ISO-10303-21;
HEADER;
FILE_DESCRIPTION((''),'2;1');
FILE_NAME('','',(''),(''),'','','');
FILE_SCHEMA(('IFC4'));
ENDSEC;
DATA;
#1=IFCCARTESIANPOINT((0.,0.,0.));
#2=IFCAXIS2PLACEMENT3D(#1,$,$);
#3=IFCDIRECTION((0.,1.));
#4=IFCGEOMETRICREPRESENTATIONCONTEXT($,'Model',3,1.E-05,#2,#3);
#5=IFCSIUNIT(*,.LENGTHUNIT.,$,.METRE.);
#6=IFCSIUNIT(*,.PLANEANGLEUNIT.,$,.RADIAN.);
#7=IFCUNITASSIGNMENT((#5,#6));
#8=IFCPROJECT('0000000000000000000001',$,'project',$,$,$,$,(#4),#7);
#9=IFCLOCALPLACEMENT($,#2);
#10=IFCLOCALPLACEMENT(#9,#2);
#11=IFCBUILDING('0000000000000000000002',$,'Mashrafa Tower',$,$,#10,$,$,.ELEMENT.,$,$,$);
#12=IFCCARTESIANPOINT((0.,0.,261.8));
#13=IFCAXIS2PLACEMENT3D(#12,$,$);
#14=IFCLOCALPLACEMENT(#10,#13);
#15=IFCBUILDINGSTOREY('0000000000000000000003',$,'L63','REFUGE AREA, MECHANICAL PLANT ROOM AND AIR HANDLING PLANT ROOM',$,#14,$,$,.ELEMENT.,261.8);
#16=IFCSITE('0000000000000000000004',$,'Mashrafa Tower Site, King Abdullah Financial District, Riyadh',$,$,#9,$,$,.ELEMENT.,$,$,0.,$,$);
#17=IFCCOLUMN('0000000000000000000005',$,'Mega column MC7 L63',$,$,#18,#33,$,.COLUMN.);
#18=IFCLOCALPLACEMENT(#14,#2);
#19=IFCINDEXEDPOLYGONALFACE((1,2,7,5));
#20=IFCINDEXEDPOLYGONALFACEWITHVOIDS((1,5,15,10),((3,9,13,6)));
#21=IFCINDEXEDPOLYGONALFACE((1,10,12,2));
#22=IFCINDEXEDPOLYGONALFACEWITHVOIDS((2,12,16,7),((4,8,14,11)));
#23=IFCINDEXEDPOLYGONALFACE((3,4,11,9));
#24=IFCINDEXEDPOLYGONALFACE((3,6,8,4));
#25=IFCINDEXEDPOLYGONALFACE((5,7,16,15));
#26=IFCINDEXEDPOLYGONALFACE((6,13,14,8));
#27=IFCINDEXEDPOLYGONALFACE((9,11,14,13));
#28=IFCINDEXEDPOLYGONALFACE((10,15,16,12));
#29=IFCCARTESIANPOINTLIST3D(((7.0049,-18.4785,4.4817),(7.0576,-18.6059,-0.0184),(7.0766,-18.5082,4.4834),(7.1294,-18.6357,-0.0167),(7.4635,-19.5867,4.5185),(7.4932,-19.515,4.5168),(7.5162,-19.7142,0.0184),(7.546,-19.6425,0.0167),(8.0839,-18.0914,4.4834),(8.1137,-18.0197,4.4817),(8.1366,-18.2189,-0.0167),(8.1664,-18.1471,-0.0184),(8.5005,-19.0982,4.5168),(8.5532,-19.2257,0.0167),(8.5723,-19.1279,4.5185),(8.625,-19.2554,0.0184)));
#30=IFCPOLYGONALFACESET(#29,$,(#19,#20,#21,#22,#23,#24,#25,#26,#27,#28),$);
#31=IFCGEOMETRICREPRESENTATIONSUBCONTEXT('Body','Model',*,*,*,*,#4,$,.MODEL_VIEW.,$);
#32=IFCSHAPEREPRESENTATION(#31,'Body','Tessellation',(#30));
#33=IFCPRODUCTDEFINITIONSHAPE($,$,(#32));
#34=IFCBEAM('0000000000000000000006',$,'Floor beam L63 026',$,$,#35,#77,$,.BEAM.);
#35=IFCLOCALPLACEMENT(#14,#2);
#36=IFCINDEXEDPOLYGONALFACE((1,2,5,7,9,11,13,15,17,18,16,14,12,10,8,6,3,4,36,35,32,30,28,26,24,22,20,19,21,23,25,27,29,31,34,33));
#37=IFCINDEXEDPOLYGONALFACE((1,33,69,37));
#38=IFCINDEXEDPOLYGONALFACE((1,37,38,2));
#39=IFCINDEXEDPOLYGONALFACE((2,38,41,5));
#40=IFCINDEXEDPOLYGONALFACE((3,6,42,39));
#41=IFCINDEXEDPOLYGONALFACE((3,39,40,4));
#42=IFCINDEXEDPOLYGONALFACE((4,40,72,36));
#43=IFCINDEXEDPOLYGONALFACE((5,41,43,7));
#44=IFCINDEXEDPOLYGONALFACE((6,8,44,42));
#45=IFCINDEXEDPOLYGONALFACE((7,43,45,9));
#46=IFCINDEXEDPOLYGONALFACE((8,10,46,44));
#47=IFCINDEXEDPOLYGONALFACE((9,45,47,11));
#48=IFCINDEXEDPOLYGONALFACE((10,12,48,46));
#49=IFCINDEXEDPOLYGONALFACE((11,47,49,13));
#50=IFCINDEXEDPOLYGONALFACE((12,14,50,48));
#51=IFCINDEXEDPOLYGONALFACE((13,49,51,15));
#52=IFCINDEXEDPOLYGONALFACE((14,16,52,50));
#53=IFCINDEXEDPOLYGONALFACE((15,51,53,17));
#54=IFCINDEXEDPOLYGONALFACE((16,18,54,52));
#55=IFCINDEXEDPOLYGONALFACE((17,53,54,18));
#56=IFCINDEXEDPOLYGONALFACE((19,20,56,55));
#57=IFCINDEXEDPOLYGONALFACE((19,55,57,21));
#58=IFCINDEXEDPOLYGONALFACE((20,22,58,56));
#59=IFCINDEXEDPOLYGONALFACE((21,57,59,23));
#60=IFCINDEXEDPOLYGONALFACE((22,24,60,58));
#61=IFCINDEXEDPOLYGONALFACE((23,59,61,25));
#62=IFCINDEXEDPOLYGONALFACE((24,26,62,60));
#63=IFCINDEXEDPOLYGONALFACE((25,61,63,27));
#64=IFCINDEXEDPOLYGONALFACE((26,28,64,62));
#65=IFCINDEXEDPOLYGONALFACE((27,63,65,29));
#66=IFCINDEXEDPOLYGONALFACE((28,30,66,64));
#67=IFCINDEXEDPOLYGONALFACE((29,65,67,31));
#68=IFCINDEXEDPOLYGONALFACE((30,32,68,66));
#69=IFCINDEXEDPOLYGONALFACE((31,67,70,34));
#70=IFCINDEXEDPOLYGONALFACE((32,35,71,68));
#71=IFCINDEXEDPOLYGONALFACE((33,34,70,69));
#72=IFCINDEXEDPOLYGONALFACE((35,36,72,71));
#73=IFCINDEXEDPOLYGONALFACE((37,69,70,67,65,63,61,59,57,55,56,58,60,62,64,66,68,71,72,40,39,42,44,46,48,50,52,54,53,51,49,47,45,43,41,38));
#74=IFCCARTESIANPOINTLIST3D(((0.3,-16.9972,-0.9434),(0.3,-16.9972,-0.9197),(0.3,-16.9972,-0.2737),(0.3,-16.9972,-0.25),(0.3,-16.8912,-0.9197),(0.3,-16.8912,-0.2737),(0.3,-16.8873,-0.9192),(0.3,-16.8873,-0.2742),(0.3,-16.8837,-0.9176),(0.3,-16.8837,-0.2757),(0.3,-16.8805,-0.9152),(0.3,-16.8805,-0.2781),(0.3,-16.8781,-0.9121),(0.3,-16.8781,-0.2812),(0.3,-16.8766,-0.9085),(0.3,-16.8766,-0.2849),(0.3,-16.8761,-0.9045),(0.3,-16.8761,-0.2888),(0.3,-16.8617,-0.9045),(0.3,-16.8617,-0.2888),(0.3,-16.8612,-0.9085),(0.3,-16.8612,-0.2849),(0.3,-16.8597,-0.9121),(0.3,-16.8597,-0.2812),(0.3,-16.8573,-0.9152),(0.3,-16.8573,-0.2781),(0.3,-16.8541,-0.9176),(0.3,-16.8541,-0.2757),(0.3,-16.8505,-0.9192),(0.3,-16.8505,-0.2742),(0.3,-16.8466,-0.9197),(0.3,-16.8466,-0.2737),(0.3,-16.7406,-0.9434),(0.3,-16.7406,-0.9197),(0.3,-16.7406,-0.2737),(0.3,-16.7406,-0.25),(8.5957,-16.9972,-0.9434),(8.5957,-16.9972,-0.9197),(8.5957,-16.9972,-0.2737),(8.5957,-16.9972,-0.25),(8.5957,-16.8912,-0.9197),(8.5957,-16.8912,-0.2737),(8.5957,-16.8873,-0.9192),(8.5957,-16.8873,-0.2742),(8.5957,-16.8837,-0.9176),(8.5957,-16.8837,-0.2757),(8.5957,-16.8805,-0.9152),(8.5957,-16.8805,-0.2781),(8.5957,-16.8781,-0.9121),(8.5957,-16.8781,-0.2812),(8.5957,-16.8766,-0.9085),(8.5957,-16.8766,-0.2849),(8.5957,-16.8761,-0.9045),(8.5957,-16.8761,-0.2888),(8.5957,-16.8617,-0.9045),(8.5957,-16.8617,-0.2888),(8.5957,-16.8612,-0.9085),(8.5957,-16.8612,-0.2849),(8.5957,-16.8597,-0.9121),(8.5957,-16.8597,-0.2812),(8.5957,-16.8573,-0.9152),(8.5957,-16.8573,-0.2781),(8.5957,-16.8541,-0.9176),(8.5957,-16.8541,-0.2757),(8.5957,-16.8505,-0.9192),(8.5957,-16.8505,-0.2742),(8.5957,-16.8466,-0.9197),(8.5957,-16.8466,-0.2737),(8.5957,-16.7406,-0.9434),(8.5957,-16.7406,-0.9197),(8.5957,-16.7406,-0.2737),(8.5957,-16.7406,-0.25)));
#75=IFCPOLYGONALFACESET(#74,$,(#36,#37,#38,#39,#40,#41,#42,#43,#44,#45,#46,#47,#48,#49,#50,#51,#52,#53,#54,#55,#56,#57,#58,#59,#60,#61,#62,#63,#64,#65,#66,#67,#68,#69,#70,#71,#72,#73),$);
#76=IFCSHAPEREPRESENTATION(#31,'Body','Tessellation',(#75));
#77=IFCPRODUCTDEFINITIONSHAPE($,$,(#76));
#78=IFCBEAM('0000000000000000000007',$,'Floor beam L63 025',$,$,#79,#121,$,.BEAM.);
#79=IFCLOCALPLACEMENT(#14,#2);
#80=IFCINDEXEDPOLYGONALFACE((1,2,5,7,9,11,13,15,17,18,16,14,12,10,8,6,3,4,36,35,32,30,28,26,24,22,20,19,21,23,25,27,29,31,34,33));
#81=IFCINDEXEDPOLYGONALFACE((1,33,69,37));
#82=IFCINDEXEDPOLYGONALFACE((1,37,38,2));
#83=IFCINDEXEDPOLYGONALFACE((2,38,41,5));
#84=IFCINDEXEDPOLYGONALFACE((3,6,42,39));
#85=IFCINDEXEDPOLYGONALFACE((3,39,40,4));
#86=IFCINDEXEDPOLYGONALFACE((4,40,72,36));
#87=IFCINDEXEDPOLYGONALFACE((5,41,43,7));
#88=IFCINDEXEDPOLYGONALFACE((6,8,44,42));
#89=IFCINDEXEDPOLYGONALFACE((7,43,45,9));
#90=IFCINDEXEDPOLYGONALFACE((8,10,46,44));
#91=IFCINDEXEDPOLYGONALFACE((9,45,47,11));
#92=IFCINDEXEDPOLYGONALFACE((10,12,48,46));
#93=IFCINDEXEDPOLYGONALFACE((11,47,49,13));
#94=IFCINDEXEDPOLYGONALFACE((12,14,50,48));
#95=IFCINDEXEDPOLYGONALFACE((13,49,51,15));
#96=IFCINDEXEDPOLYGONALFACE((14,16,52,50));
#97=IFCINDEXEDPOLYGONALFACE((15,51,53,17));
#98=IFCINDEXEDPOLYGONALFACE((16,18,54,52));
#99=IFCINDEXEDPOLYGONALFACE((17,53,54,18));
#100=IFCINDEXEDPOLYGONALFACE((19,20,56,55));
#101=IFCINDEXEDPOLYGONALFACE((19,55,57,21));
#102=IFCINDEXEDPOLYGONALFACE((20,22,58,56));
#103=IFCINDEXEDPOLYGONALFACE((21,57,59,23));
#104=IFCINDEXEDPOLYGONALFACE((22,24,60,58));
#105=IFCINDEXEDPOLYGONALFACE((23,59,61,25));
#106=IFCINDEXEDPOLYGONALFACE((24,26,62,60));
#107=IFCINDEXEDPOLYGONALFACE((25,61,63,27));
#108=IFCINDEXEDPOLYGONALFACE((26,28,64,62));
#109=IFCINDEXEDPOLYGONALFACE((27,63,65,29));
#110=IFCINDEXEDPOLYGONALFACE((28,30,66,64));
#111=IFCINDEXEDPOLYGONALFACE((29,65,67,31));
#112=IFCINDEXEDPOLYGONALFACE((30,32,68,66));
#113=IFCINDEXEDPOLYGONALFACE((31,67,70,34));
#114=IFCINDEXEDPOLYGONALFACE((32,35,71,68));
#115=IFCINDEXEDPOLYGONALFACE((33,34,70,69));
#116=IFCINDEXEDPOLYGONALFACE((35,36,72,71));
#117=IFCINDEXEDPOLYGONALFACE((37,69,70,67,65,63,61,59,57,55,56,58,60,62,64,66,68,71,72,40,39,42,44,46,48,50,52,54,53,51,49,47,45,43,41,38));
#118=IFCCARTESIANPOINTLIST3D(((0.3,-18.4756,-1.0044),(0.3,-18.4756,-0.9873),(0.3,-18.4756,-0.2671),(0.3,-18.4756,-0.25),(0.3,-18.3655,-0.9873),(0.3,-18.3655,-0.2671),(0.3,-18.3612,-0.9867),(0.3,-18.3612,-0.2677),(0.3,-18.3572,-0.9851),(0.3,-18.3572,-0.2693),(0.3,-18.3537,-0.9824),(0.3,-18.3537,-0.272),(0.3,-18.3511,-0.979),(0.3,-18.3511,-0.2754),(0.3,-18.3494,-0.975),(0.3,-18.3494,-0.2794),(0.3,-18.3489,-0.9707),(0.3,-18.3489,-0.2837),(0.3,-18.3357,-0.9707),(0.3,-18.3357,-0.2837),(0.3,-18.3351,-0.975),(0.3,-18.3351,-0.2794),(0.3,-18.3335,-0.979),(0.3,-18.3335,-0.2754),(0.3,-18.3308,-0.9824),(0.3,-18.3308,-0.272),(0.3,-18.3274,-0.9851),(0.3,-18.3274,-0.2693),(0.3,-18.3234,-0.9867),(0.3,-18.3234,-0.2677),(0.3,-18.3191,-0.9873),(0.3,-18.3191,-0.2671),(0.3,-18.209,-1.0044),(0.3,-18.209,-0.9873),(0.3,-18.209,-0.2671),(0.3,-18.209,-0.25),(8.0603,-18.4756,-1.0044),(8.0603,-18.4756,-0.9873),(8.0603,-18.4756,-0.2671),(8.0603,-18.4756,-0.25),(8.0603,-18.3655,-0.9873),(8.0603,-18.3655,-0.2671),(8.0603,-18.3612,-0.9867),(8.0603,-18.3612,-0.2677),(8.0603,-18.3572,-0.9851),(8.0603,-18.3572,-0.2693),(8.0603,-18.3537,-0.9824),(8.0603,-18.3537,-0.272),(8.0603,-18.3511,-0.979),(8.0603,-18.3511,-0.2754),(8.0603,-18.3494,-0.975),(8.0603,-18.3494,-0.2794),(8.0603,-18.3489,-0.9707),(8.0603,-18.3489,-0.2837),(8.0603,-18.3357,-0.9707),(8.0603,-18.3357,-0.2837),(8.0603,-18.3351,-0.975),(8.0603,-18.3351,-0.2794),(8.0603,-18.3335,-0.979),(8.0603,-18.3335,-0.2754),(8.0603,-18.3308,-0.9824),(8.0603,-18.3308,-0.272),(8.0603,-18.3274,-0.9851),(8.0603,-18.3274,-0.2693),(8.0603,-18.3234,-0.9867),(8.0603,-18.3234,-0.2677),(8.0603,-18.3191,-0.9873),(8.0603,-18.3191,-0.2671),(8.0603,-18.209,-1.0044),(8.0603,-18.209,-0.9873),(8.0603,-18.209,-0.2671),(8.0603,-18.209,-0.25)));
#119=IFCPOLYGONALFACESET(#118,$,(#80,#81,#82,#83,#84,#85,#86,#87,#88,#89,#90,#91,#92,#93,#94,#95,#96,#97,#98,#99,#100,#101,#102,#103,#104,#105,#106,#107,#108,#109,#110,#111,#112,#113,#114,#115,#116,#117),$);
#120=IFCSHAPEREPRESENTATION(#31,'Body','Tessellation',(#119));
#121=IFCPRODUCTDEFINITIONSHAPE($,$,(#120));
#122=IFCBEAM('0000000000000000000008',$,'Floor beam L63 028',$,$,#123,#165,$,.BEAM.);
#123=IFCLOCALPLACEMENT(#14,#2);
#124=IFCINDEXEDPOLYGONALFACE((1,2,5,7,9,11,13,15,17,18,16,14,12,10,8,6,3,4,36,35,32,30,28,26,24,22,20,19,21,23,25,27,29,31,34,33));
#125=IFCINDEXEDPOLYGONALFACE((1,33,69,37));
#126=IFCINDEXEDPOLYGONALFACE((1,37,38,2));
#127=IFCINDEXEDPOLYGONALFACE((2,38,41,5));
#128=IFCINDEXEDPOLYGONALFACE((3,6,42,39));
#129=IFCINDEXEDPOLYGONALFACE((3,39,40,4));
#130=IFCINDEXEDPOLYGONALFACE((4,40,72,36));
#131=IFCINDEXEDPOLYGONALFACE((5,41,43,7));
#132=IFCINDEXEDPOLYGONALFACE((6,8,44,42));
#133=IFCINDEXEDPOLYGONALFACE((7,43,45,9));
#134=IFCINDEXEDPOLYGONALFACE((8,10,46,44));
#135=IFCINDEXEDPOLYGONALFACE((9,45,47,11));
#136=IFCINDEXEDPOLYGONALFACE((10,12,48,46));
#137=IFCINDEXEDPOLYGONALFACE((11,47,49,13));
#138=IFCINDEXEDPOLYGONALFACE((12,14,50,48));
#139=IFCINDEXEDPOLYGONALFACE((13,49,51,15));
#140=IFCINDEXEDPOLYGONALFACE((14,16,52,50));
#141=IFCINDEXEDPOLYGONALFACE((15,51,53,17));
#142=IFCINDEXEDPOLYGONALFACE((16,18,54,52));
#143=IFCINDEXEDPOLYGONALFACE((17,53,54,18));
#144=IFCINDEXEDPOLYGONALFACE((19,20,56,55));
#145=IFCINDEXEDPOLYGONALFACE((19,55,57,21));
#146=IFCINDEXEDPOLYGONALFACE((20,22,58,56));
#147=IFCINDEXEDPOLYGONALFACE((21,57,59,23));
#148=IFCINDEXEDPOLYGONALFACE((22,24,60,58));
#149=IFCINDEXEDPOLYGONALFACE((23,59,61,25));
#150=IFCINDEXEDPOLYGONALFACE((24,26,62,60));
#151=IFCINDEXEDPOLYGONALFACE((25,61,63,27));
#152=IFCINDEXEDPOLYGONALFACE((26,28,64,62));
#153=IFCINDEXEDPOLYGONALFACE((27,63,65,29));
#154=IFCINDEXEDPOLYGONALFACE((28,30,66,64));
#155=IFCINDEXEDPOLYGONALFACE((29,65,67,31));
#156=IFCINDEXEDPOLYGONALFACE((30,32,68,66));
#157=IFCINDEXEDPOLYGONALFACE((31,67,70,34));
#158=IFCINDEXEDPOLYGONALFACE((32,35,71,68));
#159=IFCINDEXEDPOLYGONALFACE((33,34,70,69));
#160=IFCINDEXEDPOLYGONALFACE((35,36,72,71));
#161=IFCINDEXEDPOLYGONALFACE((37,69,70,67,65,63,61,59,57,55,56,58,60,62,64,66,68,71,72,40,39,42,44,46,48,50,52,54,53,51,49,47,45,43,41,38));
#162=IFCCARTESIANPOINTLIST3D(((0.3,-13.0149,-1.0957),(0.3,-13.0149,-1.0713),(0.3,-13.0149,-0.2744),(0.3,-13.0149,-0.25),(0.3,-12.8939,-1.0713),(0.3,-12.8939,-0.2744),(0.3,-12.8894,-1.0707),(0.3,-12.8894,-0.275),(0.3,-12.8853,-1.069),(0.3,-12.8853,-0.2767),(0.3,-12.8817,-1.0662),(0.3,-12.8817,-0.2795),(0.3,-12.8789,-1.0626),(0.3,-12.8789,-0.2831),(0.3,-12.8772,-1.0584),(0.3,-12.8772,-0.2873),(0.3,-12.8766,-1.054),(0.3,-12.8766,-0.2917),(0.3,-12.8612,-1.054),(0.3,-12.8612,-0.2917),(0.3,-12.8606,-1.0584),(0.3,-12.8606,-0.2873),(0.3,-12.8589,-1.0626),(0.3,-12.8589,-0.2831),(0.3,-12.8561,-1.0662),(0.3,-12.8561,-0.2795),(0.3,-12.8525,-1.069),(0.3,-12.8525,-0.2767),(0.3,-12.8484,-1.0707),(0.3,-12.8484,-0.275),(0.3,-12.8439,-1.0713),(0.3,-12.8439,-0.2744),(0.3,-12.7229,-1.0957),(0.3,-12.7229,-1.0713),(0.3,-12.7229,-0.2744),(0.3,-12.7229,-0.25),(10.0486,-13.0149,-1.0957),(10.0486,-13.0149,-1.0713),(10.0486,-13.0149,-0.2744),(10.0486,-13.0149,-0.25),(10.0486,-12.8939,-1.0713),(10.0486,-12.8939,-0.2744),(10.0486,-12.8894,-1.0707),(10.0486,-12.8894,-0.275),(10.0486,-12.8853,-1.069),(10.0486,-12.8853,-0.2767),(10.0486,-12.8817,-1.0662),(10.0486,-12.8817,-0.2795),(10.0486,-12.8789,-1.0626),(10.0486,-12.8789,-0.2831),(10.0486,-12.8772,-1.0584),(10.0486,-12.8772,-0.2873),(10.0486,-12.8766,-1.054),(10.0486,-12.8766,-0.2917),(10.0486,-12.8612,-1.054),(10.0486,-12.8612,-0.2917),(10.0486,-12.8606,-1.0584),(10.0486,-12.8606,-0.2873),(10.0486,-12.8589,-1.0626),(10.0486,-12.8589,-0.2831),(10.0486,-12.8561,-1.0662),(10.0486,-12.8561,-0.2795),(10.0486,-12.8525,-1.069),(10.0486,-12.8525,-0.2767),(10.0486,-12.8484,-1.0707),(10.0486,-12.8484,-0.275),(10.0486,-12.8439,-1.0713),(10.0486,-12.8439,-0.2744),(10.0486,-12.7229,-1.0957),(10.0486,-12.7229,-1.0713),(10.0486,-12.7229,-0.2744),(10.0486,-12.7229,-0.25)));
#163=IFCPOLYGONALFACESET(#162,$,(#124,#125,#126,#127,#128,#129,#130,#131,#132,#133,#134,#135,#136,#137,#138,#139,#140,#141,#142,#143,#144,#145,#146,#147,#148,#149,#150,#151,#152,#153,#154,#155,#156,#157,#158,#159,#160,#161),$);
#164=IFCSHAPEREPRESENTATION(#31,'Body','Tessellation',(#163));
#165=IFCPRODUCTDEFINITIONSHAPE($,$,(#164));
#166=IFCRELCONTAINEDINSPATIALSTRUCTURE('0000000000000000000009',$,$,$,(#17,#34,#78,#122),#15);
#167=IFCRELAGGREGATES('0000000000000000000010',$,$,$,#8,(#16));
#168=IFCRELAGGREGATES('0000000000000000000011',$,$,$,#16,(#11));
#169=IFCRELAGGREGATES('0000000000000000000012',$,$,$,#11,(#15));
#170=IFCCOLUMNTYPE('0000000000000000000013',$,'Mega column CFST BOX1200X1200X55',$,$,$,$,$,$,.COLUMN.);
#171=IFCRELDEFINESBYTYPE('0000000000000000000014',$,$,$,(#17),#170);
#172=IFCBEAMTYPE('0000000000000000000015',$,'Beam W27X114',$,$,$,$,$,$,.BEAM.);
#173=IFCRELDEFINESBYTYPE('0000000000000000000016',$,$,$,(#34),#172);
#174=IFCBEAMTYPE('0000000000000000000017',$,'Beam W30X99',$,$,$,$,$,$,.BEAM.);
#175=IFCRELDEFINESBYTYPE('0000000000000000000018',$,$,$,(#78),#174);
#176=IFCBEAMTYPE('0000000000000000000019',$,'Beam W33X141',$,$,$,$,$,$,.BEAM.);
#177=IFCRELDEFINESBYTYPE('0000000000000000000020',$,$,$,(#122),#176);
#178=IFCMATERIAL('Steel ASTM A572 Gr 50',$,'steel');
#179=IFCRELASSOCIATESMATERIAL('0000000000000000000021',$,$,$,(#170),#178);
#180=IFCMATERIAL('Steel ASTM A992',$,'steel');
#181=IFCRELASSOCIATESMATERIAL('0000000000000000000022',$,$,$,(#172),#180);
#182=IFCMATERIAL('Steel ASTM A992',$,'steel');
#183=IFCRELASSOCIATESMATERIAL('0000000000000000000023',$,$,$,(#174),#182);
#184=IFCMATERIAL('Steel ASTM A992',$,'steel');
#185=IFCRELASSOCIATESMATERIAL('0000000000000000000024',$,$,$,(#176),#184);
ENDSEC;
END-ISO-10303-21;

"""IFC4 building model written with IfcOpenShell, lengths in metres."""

from ifc_helpers import new_model, si_unit, direction, frame, origin, origin_2d, place, context, subcontext, project, spatial, hollow_rectangle, i_section, extrude, material, material_profile, profile_set, type_object, element, save


model = new_model("IFC4")

# Units and contexts
model_context = context("Model", 3, precision=1e-05, world=origin(), true_north=direction((0.0, 1.0)))
body_context = subcontext(model_context, "Body", "Model", "MODEL_VIEW")
ifc_project = project(units=[si_unit("LENGTHUNIT", "METRE"), si_unit("PLANEANGLEUNIT", "RADIAN")], contexts=[model_context])

# Site, building, storey
site_placement = place(None, origin())
site = spatial("IfcSite", under=ifc_project, at=site_placement, Name="Mashrafa Tower Site, King Abdullah Financial District, Riyadh", CompositionType="ELEMENT", RefElevation=0.0)
building_placement = place(site_placement, origin())
building = spatial("IfcBuilding", under=site, at=building_placement, Name="Mashrafa Tower", CompositionType="ELEMENT")
storey_placement = place(building_placement, frame((0.0, 0.0, 261.8)))
storey = spatial("IfcBuildingStorey", under=building, at=storey_placement, Name="L63", Description="REFUGE AREA, MECHANICAL PLANT ROOM AND AIR HANDLING PLANT ROOM", CompositionType="ELEMENT", Elevation=261.8)

# Column
ifc_material_1 = material(Name="Steel ASTM A572 Gr 50", Category="steel")
ifc_material_profile_1 = material_profile(ifc_material_1, hollow_rectangle(XDim=1.2, YDim=1.2, WallThickness=0.0549, at=origin_2d()), Name="BOX1200X1200X55")
ifc_profile_set_1 = profile_set([ifc_material_profile_1], Name="Steel ASTM A572 Gr 50")
column_type = type_object("IfcColumnType", Name="Mega column CFST BOX1200X1200X55", PredefinedType="COLUMN", material=ifc_profile_set_1)
column_placement = place(storey_placement, frame((7.8413, -18.9307, 0.0), z_axis=(-0.011713, 0.028307, 0.999531), x_axis=(-0.924017, -0.382352, 0.0)))
element("IfcColumn", 1, at=column_placement, inside=storey, type_object=column_type, Name="Mega column MC7 L63", PredefinedType="COLUMN", context=body_context, shape_type="SweptSolid", body=[
    extrude(hollow_rectangle(XDim=1.2, YDim=1.2, WallThickness=0.0549, at=origin_2d()), origin(), (0.0, 0.0, 1.0), 4.5022),
])

# Beams
ifc_material_2 = material(Name="Steel ASTM A992", Category="steel")
ifc_material_profile_2 = material_profile(ifc_material_2, i_section(OverallWidth=0.2566, OverallDepth=0.6934, WebThickness=0.0144, FlangeThickness=0.0237, FilletRadius=0.0151, at=origin_2d()), Name="W27X114")
ifc_profile_set_2 = profile_set([ifc_material_profile_2], Name="Steel ASTM A992")
beam_type_1 = type_object("IfcBeamType", Name="Beam W27X114", PredefinedType="BEAM", material=ifc_profile_set_2)
beam_1_placement = place(storey_placement, frame((8.5957, -16.8689, -0.5967), z_axis=(-1.0, 0.0, 0.0), x_axis=(0.0, -1.0, 0.0)))
element("IfcBeam", 2, at=beam_1_placement, inside=storey, type_object=beam_type_1, Name="Floor beam L63 026", PredefinedType="BEAM", context=body_context, shape_type="SweptSolid", body=[
    extrude(i_section(OverallWidth=0.2566, OverallDepth=0.6934, WebThickness=0.0144, FlangeThickness=0.0237, FilletRadius=0.0151, at=origin_2d()), origin(), (0.0, 0.0, 1.0), 8.2957),
])
ifc_material_3 = material(Name="Steel ASTM A992", Category="steel")
ifc_material_profile_3 = material_profile(ifc_material_3, i_section(OverallWidth=0.2666, OverallDepth=0.7544, WebThickness=0.0132, FlangeThickness=0.0171, FilletRadius=0.0166, at=origin_2d()), Name="W30X99")
ifc_profile_set_3 = profile_set([ifc_material_profile_3], Name="Steel ASTM A992")
beam_type_2 = type_object("IfcBeamType", Name="Beam W30X99", PredefinedType="BEAM", material=ifc_profile_set_3)
beam_2_placement = place(storey_placement, frame((8.0603, -18.3423, -0.6272), z_axis=(-1.0, 0.0, 0.0), x_axis=(0.0, -1.0, 0.0)))
element("IfcBeam", 3, at=beam_2_placement, inside=storey, type_object=beam_type_2, Name="Floor beam L63 025", PredefinedType="BEAM", context=body_context, shape_type="SweptSolid", body=[
    extrude(i_section(OverallWidth=0.2666, OverallDepth=0.7544, WebThickness=0.0132, FlangeThickness=0.0171, FilletRadius=0.0166, at=origin_2d()), origin(), (0.0, 0.0, 1.0), 7.7603),
])
ifc_material_4 = material(Name="Steel ASTM A992", Category="steel")
ifc_material_profile_4 = material_profile(ifc_material_4, i_section(OverallWidth=0.292, OverallDepth=0.8457, WebThickness=0.0154, FlangeThickness=0.0244, FilletRadius=0.0173, at=origin_2d()), Name="W33X141")
ifc_profile_set_4 = profile_set([ifc_material_profile_4], Name="Steel ASTM A992")
beam_type_3 = type_object("IfcBeamType", Name="Beam W33X141", PredefinedType="BEAM", material=ifc_profile_set_4)
beam_3_placement = place(storey_placement, frame((10.0486, -12.8689, -0.6729), z_axis=(-1.0, 0.0, 0.0), x_axis=(0.0, -1.0, 0.0)))
element("IfcBeam", 4, at=beam_3_placement, inside=storey, type_object=beam_type_3, Name="Floor beam L63 028", PredefinedType="BEAM", context=body_context, shape_type="SweptSolid", body=[
    extrude(i_section(OverallWidth=0.292, OverallDepth=0.8457, WebThickness=0.0154, FlangeThickness=0.0244, FilletRadius=0.0173, at=origin_2d()), origin(), (0.0, 0.0, 1.0), 9.7485),
])

save(model, "model.ifc")
